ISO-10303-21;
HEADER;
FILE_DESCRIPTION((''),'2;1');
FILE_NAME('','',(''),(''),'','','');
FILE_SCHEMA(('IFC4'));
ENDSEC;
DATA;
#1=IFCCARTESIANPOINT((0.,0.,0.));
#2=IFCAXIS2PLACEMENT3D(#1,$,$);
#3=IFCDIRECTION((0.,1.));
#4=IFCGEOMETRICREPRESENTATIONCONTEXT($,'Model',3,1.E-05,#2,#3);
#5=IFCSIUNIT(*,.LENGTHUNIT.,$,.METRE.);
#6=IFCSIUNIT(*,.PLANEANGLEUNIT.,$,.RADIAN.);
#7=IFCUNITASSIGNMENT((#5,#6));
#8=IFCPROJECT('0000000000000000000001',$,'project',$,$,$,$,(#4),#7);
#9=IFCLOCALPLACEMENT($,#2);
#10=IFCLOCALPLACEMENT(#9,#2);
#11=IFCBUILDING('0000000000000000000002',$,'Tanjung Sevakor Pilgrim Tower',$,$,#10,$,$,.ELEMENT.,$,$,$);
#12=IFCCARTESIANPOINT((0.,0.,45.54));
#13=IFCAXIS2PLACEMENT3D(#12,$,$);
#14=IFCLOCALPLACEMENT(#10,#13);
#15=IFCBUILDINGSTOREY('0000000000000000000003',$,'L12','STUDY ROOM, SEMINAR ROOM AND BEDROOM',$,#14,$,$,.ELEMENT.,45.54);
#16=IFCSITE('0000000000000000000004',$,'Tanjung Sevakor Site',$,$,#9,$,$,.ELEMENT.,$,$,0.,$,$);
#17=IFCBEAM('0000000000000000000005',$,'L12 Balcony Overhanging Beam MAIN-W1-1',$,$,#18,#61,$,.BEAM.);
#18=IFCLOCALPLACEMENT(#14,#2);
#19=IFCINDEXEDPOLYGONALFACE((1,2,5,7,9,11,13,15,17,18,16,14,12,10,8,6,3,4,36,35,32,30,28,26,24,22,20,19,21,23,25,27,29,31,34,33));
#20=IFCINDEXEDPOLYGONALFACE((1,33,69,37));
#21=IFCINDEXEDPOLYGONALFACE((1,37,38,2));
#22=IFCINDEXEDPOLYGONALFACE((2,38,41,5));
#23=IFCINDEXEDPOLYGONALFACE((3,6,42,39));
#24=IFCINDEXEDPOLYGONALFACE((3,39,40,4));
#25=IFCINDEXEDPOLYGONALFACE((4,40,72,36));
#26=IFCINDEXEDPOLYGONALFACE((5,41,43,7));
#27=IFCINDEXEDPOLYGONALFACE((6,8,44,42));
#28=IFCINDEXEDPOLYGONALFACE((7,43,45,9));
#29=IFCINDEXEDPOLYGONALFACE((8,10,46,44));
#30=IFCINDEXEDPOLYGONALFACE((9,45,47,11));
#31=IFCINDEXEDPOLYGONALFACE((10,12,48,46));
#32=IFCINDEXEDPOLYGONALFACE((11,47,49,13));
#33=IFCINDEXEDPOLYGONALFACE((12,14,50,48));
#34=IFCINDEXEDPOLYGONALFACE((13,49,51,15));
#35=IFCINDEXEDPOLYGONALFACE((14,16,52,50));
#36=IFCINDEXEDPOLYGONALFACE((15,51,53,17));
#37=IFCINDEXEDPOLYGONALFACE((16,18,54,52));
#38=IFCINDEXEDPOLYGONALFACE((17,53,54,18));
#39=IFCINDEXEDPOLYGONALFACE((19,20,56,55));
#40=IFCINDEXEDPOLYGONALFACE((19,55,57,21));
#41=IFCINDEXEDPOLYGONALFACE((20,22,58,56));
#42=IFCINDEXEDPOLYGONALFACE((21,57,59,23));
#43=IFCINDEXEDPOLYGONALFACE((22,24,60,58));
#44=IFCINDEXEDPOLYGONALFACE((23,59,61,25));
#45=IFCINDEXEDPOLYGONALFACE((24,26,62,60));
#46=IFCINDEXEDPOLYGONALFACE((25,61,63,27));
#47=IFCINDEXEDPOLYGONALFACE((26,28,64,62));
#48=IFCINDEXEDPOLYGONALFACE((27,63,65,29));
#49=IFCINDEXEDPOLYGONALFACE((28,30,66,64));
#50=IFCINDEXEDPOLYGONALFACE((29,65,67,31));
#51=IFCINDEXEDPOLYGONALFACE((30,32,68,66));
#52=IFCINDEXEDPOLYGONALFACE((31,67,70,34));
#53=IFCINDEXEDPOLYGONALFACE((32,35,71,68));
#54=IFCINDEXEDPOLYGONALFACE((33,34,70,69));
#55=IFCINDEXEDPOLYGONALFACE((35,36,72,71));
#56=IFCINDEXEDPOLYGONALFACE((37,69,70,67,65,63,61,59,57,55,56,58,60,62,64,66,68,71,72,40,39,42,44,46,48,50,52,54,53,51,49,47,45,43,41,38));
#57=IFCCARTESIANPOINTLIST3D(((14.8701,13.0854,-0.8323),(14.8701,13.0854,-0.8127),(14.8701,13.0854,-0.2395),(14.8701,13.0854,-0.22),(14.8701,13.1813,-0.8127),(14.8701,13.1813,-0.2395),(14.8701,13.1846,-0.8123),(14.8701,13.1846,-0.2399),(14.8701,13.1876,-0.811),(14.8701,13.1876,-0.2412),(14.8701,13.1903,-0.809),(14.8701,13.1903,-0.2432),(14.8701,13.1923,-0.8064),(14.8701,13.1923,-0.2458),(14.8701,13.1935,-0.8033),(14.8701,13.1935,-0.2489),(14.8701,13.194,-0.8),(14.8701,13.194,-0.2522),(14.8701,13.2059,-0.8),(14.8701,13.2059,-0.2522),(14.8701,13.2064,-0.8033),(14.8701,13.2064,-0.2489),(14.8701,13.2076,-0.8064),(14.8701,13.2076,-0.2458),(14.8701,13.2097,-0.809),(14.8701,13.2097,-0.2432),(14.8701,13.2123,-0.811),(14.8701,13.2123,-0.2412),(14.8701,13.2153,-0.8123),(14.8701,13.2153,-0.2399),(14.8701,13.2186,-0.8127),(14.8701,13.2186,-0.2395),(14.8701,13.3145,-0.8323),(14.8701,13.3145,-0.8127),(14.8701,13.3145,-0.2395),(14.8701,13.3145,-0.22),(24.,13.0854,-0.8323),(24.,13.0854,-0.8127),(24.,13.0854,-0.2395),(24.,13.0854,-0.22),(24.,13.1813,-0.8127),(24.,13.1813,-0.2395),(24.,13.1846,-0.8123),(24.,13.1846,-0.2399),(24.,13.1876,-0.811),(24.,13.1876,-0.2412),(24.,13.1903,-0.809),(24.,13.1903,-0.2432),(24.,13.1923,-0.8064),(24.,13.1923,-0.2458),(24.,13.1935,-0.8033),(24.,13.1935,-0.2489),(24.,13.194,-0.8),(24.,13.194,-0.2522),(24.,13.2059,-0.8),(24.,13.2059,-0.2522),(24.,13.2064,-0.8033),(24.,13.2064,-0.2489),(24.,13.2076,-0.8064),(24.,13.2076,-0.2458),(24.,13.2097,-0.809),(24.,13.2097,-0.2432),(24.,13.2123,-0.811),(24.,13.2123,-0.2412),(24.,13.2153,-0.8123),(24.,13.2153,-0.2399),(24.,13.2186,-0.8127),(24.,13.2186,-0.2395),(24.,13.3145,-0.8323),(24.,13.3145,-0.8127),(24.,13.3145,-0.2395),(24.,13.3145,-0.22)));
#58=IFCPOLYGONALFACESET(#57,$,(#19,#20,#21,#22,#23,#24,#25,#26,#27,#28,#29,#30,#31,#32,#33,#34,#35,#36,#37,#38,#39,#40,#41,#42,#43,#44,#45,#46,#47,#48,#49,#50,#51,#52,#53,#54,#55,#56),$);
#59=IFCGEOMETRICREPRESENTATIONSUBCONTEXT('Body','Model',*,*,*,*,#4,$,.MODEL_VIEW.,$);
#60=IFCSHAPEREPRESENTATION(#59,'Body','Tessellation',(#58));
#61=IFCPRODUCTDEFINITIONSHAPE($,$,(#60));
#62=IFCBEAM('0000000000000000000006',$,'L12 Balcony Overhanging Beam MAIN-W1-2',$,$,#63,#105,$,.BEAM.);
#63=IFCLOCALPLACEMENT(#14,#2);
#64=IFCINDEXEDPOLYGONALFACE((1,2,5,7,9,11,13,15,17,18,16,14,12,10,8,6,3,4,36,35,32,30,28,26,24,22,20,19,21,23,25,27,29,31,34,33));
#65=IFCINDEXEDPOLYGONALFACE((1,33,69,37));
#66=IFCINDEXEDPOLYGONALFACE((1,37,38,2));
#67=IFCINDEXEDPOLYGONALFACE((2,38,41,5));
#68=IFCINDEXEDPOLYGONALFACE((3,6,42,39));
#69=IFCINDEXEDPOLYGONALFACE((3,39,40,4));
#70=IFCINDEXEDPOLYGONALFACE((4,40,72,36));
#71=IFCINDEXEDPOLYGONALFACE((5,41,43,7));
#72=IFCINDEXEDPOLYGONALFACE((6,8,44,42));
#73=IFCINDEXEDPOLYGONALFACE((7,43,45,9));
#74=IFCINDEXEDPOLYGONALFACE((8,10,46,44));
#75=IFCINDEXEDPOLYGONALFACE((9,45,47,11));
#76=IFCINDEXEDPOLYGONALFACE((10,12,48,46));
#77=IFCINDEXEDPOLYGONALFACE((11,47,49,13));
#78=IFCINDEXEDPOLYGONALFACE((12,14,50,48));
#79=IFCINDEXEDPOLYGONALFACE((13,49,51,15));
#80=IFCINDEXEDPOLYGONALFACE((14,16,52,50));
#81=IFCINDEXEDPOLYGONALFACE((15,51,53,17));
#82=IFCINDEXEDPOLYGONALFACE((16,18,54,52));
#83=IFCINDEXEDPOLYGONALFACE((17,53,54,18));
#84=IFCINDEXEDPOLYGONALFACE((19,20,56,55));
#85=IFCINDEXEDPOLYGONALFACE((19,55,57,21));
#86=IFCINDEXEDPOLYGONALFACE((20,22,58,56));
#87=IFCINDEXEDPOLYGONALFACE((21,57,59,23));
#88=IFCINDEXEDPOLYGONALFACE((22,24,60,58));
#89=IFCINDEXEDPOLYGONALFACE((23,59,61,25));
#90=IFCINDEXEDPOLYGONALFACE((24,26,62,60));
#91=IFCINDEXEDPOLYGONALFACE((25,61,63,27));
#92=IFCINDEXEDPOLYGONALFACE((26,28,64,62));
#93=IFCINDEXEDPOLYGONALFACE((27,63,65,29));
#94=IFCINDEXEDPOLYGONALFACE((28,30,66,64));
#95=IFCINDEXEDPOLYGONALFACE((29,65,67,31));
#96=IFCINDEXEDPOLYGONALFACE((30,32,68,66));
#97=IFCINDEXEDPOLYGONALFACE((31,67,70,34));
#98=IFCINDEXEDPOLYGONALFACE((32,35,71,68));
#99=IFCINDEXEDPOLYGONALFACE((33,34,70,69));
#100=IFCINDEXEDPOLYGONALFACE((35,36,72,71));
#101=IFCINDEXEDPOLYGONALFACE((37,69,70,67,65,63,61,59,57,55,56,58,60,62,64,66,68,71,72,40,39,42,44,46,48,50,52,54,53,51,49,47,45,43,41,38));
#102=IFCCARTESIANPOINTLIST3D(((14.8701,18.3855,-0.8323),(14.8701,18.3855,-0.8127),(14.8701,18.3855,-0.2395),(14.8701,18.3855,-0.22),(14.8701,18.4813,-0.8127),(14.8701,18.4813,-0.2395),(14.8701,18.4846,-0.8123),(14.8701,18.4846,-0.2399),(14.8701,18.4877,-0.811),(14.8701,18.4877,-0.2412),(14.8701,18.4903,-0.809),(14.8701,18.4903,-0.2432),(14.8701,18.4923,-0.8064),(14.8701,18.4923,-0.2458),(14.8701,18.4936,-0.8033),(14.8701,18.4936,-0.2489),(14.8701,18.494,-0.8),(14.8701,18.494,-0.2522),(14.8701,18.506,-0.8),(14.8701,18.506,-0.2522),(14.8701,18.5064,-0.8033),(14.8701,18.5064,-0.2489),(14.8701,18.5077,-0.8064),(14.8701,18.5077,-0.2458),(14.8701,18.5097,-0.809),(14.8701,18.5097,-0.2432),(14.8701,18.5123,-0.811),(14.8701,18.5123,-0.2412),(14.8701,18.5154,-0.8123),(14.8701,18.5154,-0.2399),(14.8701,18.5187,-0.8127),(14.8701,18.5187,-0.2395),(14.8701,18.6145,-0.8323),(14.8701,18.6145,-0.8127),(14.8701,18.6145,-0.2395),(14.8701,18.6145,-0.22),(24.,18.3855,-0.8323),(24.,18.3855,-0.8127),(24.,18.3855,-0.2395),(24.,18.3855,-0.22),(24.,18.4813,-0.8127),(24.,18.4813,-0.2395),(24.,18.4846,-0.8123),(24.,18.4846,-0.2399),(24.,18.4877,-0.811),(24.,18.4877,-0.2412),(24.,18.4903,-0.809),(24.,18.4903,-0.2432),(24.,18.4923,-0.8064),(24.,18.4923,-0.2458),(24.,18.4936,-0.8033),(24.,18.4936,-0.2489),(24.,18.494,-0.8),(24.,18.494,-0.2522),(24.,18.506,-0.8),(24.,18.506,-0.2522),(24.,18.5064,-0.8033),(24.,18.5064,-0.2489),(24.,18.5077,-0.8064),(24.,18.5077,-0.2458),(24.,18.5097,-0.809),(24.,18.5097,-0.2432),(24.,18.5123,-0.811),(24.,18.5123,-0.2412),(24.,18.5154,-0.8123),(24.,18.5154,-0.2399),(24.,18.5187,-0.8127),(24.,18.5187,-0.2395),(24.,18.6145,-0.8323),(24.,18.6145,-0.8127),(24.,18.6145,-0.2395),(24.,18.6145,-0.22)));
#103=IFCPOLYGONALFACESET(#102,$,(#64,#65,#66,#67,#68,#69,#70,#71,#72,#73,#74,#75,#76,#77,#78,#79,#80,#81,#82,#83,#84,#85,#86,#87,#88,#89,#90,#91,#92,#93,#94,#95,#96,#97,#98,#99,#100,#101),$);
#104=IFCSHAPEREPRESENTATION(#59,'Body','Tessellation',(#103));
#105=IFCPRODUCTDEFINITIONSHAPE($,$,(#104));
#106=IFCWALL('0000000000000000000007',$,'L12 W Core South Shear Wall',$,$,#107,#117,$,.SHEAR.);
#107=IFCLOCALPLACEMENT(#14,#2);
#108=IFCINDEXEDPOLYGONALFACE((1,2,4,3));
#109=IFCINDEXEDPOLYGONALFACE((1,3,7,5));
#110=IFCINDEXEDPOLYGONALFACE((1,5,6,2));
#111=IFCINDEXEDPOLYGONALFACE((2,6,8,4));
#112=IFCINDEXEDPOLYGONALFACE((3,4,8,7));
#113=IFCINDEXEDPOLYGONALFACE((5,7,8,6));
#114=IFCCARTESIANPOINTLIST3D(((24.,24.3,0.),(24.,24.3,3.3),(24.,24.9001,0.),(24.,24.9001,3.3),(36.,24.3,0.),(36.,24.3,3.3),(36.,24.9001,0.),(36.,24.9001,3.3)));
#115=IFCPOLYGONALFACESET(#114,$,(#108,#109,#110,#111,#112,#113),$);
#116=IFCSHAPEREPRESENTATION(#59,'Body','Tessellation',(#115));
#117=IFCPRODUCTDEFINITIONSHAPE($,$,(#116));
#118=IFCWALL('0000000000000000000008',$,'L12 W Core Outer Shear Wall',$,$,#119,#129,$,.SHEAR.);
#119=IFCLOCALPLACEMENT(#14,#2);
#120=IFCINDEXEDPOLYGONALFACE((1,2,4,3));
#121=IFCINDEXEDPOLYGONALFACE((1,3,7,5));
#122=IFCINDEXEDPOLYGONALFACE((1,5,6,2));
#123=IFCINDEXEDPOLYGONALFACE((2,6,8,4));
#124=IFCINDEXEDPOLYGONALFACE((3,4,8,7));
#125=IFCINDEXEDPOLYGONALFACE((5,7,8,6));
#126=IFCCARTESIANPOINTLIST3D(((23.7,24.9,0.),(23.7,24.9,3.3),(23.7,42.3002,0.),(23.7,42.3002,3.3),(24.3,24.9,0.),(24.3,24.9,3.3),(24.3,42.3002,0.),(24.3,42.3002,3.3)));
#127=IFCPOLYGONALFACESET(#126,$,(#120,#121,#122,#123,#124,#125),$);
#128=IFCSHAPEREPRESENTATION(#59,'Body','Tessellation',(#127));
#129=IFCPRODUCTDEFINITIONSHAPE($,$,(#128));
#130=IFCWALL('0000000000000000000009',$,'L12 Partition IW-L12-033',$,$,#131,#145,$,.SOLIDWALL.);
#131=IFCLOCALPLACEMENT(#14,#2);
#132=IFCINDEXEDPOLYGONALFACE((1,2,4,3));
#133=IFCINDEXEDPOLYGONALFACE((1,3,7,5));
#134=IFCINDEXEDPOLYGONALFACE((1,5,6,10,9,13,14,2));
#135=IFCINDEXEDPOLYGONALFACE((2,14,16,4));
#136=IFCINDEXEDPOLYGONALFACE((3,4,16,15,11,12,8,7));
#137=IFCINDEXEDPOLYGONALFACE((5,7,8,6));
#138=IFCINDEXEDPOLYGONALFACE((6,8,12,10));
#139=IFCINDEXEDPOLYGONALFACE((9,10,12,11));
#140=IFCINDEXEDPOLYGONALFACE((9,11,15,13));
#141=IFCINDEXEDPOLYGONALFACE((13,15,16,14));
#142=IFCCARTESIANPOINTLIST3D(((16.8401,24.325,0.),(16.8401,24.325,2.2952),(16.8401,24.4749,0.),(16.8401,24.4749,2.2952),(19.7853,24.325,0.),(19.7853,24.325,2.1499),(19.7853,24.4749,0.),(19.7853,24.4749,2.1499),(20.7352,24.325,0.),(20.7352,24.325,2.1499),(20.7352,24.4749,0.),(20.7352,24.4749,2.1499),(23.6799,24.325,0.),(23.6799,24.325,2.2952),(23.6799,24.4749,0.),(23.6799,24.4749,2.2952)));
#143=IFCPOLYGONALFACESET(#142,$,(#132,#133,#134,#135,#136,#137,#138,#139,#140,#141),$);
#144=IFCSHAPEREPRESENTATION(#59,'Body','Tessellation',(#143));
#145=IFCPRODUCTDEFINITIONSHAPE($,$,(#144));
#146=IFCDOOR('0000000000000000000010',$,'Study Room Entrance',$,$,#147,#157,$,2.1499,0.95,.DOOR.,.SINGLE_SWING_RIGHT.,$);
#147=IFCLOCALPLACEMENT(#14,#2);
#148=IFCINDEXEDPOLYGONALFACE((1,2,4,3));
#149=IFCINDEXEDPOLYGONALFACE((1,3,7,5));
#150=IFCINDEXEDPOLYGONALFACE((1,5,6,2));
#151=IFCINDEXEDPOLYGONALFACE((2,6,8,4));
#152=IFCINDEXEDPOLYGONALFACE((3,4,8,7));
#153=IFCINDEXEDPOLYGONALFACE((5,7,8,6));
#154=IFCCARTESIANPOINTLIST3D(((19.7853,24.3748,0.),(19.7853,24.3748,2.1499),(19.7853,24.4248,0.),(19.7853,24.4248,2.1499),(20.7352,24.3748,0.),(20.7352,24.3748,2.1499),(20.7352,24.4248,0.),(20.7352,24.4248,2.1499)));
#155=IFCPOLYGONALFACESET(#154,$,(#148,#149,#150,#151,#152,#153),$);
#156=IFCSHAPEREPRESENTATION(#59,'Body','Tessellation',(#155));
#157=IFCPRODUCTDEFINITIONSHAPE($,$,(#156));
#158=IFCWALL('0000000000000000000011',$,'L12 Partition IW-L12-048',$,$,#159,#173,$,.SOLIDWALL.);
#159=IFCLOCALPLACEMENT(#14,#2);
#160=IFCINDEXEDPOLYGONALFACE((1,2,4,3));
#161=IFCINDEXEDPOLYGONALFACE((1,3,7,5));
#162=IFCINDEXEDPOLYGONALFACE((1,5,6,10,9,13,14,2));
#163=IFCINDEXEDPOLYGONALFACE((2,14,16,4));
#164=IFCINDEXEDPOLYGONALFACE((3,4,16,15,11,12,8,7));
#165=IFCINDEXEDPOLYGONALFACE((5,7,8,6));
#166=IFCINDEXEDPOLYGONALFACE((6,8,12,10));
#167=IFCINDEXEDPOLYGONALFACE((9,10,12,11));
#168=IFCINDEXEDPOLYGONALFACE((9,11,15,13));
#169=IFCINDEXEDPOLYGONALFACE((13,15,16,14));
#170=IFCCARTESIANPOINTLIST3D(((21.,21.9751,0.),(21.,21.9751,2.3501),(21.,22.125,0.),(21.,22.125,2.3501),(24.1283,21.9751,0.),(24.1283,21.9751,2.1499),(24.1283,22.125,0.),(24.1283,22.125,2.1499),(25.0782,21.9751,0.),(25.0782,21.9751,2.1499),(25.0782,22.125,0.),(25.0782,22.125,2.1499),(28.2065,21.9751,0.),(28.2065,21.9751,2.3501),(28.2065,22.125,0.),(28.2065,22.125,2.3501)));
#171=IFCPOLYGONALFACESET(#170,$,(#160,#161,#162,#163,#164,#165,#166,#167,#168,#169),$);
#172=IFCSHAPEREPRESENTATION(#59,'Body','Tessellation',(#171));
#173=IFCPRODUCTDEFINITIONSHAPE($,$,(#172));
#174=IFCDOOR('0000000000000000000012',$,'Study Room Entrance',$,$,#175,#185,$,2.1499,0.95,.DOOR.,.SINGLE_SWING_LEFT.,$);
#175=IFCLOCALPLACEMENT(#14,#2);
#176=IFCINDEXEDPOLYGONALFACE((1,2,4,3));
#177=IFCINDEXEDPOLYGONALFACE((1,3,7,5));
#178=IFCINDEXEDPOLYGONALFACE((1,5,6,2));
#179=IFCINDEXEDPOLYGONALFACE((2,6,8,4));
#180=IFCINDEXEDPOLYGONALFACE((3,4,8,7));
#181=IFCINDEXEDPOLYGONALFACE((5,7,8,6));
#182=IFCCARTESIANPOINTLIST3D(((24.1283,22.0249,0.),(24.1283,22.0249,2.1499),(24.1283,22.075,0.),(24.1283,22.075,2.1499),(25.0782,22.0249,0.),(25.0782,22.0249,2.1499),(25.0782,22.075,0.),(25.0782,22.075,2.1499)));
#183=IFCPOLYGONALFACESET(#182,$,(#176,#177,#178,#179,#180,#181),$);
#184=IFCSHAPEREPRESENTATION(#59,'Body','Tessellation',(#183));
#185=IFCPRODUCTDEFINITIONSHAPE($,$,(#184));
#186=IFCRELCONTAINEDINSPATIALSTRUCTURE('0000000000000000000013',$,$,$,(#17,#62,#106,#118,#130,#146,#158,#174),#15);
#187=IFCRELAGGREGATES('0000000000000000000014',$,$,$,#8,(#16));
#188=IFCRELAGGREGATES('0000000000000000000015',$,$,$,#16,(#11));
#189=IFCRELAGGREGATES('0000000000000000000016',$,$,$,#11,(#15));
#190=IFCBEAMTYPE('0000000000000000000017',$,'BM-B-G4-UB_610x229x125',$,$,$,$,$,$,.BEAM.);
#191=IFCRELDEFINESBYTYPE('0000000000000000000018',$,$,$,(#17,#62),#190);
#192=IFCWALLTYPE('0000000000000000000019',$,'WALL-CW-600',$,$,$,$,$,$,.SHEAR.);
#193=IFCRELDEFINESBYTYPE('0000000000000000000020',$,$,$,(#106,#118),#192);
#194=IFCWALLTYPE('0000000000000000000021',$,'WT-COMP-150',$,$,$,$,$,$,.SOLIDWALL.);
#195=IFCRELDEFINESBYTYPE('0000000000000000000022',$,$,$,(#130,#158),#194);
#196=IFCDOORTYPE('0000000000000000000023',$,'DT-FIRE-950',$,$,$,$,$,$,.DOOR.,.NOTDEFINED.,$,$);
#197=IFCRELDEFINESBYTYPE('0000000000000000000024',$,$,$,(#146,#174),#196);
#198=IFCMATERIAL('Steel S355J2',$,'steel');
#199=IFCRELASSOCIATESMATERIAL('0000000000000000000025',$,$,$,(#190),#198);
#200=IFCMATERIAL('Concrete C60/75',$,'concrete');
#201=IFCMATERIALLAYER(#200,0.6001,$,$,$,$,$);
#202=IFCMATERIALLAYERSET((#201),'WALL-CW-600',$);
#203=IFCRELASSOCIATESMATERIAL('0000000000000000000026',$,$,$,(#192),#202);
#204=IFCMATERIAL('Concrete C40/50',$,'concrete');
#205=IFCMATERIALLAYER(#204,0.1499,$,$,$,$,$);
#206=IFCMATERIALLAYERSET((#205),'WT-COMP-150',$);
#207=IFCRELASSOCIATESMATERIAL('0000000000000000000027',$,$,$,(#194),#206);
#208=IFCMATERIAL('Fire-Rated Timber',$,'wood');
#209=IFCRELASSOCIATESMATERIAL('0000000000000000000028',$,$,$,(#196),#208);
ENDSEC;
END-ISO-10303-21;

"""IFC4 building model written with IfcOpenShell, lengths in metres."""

from ifc_helpers import new_model, si_unit, direction, frame, frame_2d, origin, origin_2d, place, context, subcontext, project, spatial, rectangle, i_section, extrude, material, layer, layer_set, material_profile, profile_set, type_object, element, fill, save


model = new_model("IFC4")

# Units and contexts
model_context = context("Model", 3, precision=1e-05, world=origin(), true_north=direction((0.0, 1.0)))
body_context = subcontext(model_context, "Body", "Model", "MODEL_VIEW")
ifc_project = project(units=[si_unit("LENGTHUNIT", "METRE"), si_unit("PLANEANGLEUNIT", "RADIAN")], contexts=[model_context])

# Site, building, storey
site_placement = place(None, origin())
site = spatial("IfcSite", under=ifc_project, at=site_placement, Name="Tanjung Sevakor Site", CompositionType="ELEMENT", RefElevation=0.0)
building_placement = place(site_placement, origin())
building = spatial("IfcBuilding", under=site, at=building_placement, Name="Tanjung Sevakor Pilgrim Tower", CompositionType="ELEMENT")
storey_placement = place(building_placement, frame((0.0, 0.0, 45.54)))
storey = spatial("IfcBuildingStorey", under=building, at=storey_placement, Name="L12", Description="STUDY ROOM, SEMINAR ROOM AND BEDROOM", CompositionType="ELEMENT", Elevation=45.54)

# Beams
ifc_material_1 = material(Name="Steel S355J2", Category="steel")
ifc_material_profile_1 = material_profile(ifc_material_1, i_section(OverallWidth=0.229, OverallDepth=0.6123, WebThickness=0.012, FlangeThickness=0.0195, FilletRadius=0.0127, at=origin_2d()))
ifc_profile_set_1 = profile_set([ifc_material_profile_1], Name="Steel S355J2")
beam_type_1 = type_object("IfcBeamType", Name="BM-B-G4-UB_610x229x125", PredefinedType="BEAM", material=ifc_profile_set_1)
for number, where, z_axis, x_axis, name in (
    (1, (24.0, 13.2, -0.5261), (-1.0, 0.0, 0.0), (0.0, -1.0, 0.0), "L12 Balcony Overhanging Beam MAIN-W1-1"),
    (2, (24.0, 18.5, -0.5261), (-1.0, 0.0, 0.0), (0.0, -1.0, 0.0), "L12 Balcony Overhanging Beam MAIN-W1-2"),
):
    element("IfcBeam", number, at=place(storey_placement, frame(where, z_axis=z_axis, x_axis=x_axis)), inside=storey, type_object=beam_type_1, Name=name, PredefinedType="BEAM", context=body_context, shape_type="SweptSolid", body=[
        extrude(i_section(OverallWidth=0.229, OverallDepth=0.6123, WebThickness=0.012, FlangeThickness=0.0195, FilletRadius=0.0127, at=origin_2d()), origin(), (0.0, 0.0, 1.0), 9.1299),
    ])

# Walls
ifc_material_2 = material(Name="Concrete C60/75", Category="concrete")
ifc_layer_1 = layer(ifc_material_2, 0.6001)
ifc_layer_set_1 = layer_set([ifc_layer_1], Name="WALL-CW-600")
wall_type_1 = type_object("IfcWallType", Name="WALL-CW-600", PredefinedType="SHEAR", material=ifc_layer_set_1)
wall_1_placement = place(storey_placement, frame((24.0, 24.6001, 0.0), z_axis=(0.0, 0.0, 1.0), x_axis=(1.0, 0.0, 0.0)))
element("IfcWall", 3, at=wall_1_placement, inside=storey, type_object=wall_type_1, Name="L12 W Core South Shear Wall", PredefinedType="SHEAR", context=body_context, shape_type="SweptSolid", body=[
    extrude(rectangle(XDim=12.0, YDim=0.6001, at=frame_2d((6.0, 0.0))), origin(), (0.0, 0.0, 1.0), 3.3),
])
wall_2_placement = place(storey_placement, frame((24.0, 24.8999, 0.0), z_axis=(0.0, 0.0, 1.0), x_axis=(0.0, 1.0, 0.0)))
element("IfcWall", 4, at=wall_2_placement, inside=storey, type_object=wall_type_1, Name="L12 W Core Outer Shear Wall", PredefinedType="SHEAR", context=body_context, shape_type="SweptSolid", body=[
    extrude(rectangle(XDim=17.4001, YDim=0.6001, at=frame_2d((8.7002, 0.0))), origin(), (0.0, 0.0, 1.0), 3.3),
])

# Walls, openings, doors
ifc_material_3 = material(Name="Concrete C40/50", Category="concrete")
ifc_layer_2 = layer(ifc_material_3, 0.1499)
ifc_layer_set_2 = layer_set([ifc_layer_2], Name="WT-COMP-150")
wall_type_2 = type_object("IfcWallType", Name="WT-COMP-150", PredefinedType="SOLIDWALL", material=ifc_layer_set_2)
wall_3_placement = place(storey_placement, frame((16.8401, 24.3999, 0.0), z_axis=(0.0, 0.0, 1.0), x_axis=(1.0, 0.0, 0.0)))
wall_3 = element("IfcWall", 5, at=wall_3_placement, inside=storey, type_object=wall_type_2, Name="L12 Partition IW-L12-033", PredefinedType="SOLIDWALL", context=body_context, shape_type="SweptSolid", body=[
    extrude(rectangle(XDim=6.8398, YDim=0.1499, at=frame_2d((3.4199, 0.0))), origin(), (0.0, 0.0, 1.0), 2.2952),
])
opening_1_placement = place(wall_3_placement, frame((2.9451, 0.0, 0.0)))
opening_1 = element("IfcOpeningElement", 6, at=opening_1_placement, cuts=wall_3, PredefinedType="OPENING", context=body_context, shape_type="SweptSolid", body=[
    extrude(rectangle(XDim=0.95, YDim=2.1499, at=frame_2d((0.4751, 1.075))), frame((0.0, 0.085, 0.0), z_axis=(0.0, -1.0, 0.0), x_axis=(1.0, 0.0, 0.0)), (0.0, 0.0, 1.0), 0.1699),
])
ifc_material_4 = material(Name="Fire-Rated Timber", Category="wood")
door_type = type_object("IfcDoorType", Name="DT-FIRE-950", OperationType="NOTDEFINED", PredefinedType="DOOR", material=ifc_material_4)
door_1_placement = place(opening_1_placement, origin())
door_1 = element("IfcDoor", 7, at=door_1_placement, inside=storey, type_object=door_type, Name="Study Room Entrance", OperationType="SINGLE_SWING_RIGHT", OverallHeight=2.1499, OverallWidth=0.95, PredefinedType="DOOR", context=body_context, shape_type="SweptSolid", body=[
    extrude(rectangle(XDim=0.95, YDim=2.1499, at=frame_2d((0.4751, 1.075))), frame((0.0, 0.0249, 0.0), z_axis=(0.0, -1.0, 0.0), x_axis=(1.0, 0.0, 0.0)), (0.0, 0.0, 1.0), 0.05),
])
fill(opening_1, door_1)
wall_4_placement = place(storey_placement, frame((21.0, 22.05, 0.0), z_axis=(0.0, 0.0, 1.0), x_axis=(1.0, 0.0, 0.0)))
wall_4 = element("IfcWall", 8, at=wall_4_placement, inside=storey, type_object=wall_type_2, Name="L12 Partition IW-L12-048", PredefinedType="SOLIDWALL", context=body_context, shape_type="SweptSolid", body=[
    extrude(rectangle(XDim=7.2065, YDim=0.1499, at=frame_2d((3.6033, 0.0))), origin(), (0.0, 0.0, 1.0), 2.3501),
])
opening_2_placement = place(wall_4_placement, frame((3.1282, 0.0, 0.0)))
opening_2 = element("IfcOpeningElement", 9, at=opening_2_placement, cuts=wall_4, PredefinedType="OPENING", context=body_context, shape_type="SweptSolid", body=[
    extrude(rectangle(XDim=0.95, YDim=2.1499, at=frame_2d((0.4751, 1.075))), frame((0.0, 0.085, 0.0), z_axis=(0.0, -1.0, 0.0), x_axis=(1.0, 0.0, 0.0)), (0.0, 0.0, 1.0), 0.1699),
])
door_2_placement = place(opening_2_placement, origin())
door_2 = element("IfcDoor", 10, at=door_2_placement, inside=storey, type_object=door_type, Name="Study Room Entrance", OperationType="SINGLE_SWING_LEFT", OverallHeight=2.1499, OverallWidth=0.95, PredefinedType="DOOR", context=body_context, shape_type="SweptSolid", body=[
    extrude(rectangle(XDim=0.95, YDim=2.1499, at=frame_2d((0.4751, 1.075))), frame((0.0, 0.0249, 0.0), z_axis=(0.0, -1.0, 0.0), x_axis=(1.0, 0.0, 0.0)), (0.0, 0.0, 1.0), 0.05),
])
fill(opening_2, door_2)

save(model, "model.ifc")
